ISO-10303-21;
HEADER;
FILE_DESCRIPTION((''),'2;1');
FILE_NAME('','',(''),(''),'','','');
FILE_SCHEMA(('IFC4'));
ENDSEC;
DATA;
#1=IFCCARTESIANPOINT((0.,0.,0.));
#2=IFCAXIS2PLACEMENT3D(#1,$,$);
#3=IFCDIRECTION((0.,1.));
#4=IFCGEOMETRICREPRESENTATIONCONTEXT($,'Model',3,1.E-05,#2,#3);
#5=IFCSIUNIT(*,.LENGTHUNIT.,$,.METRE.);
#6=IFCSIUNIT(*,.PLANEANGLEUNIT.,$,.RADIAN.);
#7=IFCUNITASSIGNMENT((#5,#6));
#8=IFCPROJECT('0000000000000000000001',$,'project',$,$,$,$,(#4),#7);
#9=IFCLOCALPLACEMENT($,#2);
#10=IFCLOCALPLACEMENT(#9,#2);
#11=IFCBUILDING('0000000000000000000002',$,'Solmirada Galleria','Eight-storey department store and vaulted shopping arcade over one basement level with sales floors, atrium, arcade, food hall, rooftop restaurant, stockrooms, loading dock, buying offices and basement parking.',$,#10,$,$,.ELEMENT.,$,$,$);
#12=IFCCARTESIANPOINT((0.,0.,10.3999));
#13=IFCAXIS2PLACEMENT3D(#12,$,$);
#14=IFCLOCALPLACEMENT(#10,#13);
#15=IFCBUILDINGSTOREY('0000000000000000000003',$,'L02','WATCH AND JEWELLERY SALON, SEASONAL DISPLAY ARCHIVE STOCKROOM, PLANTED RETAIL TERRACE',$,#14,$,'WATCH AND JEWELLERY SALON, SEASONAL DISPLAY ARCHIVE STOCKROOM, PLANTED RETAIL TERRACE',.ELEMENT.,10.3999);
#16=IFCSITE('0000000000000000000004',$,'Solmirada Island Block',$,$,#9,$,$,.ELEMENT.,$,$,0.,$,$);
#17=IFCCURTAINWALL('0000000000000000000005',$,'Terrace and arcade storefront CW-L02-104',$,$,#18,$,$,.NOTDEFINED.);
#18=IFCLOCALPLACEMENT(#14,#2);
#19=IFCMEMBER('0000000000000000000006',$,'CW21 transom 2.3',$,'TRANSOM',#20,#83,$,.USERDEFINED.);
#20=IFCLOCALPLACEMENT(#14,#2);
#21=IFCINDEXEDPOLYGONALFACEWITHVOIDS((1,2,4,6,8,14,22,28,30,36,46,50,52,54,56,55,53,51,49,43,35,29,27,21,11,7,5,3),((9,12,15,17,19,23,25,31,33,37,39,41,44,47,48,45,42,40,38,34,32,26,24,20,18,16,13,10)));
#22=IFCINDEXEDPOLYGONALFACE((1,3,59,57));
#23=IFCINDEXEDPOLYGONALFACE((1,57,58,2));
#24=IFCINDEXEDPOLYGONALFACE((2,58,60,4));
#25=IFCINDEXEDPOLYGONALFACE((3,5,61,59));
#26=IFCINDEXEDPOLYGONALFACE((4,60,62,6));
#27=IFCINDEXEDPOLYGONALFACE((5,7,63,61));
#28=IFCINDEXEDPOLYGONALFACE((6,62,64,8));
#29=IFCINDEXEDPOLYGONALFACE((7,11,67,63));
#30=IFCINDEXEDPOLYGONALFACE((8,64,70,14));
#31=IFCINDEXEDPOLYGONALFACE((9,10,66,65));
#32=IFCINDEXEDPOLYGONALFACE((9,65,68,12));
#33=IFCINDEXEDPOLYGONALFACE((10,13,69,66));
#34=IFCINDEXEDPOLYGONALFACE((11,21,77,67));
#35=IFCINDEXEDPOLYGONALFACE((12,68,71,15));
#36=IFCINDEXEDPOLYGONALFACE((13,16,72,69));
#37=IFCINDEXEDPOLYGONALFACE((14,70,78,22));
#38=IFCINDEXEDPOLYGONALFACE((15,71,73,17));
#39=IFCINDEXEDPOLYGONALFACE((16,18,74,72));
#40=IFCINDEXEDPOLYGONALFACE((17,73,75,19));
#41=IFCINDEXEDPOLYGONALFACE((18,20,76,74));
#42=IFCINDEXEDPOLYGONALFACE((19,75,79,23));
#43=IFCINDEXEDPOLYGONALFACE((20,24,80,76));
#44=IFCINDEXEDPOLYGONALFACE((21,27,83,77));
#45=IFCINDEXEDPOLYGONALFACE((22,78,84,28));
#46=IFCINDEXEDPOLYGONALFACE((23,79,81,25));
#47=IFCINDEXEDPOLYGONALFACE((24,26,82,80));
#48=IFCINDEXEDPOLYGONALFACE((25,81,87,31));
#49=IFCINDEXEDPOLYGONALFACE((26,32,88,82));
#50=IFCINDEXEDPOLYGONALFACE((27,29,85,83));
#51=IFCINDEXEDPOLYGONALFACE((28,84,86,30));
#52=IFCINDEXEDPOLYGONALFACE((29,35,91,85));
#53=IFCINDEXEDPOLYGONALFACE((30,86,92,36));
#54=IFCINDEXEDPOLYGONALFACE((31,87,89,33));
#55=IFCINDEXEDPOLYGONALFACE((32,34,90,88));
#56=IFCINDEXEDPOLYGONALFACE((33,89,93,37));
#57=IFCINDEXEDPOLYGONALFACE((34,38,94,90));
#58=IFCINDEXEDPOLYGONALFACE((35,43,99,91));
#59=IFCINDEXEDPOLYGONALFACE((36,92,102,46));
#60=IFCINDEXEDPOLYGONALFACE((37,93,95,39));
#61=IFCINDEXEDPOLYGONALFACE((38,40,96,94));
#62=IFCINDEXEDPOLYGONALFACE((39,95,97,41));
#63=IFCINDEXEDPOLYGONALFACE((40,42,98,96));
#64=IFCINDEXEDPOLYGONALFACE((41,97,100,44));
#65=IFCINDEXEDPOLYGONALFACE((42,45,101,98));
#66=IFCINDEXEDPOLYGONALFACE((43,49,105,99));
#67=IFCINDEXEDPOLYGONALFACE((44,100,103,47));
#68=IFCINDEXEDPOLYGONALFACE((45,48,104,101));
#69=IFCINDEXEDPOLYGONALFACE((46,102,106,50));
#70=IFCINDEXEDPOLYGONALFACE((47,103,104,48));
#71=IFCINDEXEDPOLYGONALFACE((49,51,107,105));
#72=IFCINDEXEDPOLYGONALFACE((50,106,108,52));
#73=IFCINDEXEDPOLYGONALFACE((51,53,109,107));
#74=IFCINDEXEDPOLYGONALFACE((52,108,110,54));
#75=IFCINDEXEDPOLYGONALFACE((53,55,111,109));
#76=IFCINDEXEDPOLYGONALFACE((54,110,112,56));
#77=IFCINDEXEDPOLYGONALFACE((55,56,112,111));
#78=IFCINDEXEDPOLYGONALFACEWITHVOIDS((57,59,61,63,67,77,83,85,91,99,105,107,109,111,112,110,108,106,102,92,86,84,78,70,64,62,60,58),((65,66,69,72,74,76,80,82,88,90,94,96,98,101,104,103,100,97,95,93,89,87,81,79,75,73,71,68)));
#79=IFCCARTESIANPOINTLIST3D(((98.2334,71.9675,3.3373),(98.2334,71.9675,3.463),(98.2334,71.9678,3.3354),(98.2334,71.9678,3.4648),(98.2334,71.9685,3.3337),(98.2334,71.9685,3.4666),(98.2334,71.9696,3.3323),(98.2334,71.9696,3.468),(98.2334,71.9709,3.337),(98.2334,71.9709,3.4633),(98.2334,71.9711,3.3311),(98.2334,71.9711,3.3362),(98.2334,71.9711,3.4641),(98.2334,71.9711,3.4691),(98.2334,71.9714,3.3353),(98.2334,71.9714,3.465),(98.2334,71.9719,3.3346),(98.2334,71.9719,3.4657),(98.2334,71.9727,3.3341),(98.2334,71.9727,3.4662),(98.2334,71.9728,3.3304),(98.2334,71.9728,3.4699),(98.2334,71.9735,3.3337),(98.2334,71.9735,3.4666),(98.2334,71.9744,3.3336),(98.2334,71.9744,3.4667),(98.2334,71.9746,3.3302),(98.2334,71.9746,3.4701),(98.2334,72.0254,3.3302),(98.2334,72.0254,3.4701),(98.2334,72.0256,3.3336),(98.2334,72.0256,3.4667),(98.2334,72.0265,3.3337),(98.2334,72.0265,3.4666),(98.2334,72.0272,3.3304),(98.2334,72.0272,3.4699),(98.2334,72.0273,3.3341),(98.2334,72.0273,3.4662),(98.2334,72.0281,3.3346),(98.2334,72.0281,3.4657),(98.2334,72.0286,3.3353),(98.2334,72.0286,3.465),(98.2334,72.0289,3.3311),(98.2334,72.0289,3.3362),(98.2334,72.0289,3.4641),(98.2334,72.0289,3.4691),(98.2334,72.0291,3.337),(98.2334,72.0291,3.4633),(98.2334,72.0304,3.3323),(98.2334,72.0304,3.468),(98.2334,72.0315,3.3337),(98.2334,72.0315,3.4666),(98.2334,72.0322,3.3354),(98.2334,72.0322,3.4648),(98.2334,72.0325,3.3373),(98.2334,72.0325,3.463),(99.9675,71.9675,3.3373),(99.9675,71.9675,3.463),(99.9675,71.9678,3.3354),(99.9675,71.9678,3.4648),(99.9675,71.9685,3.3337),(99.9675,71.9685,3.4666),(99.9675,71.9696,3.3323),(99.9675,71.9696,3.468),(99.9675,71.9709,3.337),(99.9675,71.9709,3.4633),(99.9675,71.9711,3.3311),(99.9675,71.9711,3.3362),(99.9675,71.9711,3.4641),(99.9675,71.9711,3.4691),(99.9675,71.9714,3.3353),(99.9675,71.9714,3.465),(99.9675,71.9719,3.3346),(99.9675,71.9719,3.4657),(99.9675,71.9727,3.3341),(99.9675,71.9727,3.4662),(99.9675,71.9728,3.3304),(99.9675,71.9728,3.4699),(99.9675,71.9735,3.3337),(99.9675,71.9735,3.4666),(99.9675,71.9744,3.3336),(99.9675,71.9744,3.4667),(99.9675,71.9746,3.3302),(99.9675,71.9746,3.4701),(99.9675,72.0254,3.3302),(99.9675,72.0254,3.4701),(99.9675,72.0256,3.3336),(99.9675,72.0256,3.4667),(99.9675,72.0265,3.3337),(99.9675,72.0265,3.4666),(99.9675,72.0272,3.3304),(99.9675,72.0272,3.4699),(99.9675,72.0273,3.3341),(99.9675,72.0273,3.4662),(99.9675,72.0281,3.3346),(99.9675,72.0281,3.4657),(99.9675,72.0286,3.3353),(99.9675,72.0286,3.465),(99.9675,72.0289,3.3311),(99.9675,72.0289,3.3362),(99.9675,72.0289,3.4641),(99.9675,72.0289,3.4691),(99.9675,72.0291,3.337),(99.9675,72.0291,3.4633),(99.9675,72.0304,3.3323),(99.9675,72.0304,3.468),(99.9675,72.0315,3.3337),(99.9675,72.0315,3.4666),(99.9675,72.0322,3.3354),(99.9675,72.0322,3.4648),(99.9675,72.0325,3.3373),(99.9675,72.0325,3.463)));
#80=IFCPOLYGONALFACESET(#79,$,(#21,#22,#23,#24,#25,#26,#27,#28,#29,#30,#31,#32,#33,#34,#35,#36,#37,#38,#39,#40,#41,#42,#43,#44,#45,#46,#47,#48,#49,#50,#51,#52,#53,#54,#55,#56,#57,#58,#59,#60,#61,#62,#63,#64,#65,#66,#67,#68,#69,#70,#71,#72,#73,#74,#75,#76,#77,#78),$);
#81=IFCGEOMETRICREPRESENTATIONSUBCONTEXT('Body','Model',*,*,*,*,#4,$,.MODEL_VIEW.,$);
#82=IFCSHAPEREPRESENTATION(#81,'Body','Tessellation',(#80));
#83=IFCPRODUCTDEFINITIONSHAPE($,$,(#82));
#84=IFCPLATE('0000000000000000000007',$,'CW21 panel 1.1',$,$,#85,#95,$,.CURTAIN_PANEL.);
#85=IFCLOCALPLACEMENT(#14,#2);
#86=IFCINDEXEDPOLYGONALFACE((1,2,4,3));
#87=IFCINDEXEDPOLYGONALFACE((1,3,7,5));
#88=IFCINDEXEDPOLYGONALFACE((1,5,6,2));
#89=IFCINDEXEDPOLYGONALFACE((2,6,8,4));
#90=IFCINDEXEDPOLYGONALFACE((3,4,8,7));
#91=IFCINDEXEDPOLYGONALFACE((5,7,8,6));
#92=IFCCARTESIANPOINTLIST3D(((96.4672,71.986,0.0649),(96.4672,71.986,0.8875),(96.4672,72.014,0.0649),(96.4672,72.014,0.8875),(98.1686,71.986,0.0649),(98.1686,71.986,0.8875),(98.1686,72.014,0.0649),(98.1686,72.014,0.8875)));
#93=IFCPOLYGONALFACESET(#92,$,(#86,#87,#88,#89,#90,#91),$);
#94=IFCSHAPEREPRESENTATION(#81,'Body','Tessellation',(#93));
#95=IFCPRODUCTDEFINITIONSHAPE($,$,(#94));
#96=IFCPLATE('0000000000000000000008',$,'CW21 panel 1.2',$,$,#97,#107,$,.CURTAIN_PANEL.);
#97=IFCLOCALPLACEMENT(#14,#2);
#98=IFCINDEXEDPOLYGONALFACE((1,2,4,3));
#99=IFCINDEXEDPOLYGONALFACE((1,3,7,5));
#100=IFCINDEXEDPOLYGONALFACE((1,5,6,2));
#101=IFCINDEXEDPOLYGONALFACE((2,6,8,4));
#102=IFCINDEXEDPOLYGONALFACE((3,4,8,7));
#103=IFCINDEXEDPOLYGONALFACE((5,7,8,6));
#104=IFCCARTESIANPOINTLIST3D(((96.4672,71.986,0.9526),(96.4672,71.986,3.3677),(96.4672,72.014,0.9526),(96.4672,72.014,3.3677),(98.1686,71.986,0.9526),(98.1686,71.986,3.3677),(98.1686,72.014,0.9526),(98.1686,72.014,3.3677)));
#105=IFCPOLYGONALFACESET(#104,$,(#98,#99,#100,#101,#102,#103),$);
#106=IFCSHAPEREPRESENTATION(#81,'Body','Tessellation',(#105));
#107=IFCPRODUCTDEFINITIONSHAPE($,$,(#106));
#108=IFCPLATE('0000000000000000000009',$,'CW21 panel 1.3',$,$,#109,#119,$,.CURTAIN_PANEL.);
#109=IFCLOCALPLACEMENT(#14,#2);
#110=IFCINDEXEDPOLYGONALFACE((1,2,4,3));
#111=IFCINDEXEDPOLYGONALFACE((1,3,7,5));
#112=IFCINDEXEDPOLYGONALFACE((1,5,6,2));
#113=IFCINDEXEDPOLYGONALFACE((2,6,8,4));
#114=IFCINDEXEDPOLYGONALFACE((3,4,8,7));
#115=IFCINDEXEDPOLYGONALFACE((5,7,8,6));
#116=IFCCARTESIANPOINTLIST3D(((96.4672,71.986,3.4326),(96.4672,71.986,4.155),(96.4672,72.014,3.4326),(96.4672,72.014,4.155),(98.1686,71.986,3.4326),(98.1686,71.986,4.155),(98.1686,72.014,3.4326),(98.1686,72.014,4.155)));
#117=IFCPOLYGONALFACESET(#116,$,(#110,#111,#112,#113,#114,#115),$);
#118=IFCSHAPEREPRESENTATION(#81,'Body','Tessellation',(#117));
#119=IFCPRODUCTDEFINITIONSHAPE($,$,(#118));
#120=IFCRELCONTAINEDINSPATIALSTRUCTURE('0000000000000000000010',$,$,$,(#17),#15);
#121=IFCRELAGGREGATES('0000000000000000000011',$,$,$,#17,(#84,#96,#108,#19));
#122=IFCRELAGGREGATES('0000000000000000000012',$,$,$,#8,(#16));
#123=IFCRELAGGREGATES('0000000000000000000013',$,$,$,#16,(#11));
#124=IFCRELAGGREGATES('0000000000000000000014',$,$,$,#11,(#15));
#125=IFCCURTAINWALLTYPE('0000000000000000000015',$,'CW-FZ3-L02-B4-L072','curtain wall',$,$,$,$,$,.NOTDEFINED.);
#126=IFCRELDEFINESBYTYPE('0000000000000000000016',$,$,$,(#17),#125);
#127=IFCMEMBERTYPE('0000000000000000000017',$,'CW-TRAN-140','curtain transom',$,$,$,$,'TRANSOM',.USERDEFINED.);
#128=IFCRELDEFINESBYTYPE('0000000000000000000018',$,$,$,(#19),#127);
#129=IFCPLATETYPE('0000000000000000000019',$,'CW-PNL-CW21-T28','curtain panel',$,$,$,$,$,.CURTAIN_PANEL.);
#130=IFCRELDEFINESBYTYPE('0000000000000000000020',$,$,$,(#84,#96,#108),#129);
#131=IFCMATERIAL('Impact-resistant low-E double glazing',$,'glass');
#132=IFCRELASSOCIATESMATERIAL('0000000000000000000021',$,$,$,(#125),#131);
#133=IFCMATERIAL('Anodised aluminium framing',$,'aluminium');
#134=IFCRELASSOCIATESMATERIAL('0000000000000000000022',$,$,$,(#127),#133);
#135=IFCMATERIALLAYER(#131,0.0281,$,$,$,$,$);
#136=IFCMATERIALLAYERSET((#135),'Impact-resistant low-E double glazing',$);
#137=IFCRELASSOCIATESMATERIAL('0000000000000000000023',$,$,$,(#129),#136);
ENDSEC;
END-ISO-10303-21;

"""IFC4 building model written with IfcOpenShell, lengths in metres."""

from ifc_helpers import new_model, si_unit, direction, frame, origin, origin_2d, place, context, subcontext, project, spatial, rectangle, hollow_rectangle, extrude, material, layer, layer_set, material_profile, profile_set, type_object, element, aggregate, save


model = new_model("IFC4")

# Units and contexts
model_context = context("Model", 3, precision=1e-05, world=origin(), true_north=direction((0.0, 1.0)))
body_context = subcontext(model_context, "Body", "Model", "MODEL_VIEW")
ifc_project = project(units=[si_unit("LENGTHUNIT", "METRE"), si_unit("PLANEANGLEUNIT", "RADIAN")], contexts=[model_context])

# Site, building, storey
site_placement = place(None, origin())
site = spatial("IfcSite", under=ifc_project, at=site_placement, Name="Solmirada Island Block", CompositionType="ELEMENT", RefElevation=0.0)
building_placement = place(site_placement, origin())
building = spatial("IfcBuilding", under=site, at=building_placement, Name="Solmirada Galleria", Description="Eight-storey department store and vaulted shopping arcade over one basement level with sales floors, atrium, arcade, food hall, rooftop restaurant, stockrooms, loading dock, buying offices and basement parking.", CompositionType="ELEMENT")
storey_placement = place(building_placement, frame((0.0, 0.0, 10.3999)))
storey = spatial("IfcBuildingStorey", under=building, at=storey_placement, Name="L02", Description="WATCH AND JEWELLERY SALON, SEASONAL DISPLAY ARCHIVE STOCKROOM, PLANTED RETAIL TERRACE", LongName="WATCH AND JEWELLERY SALON, SEASONAL DISPLAY ARCHIVE STOCKROOM, PLANTED RETAIL TERRACE", CompositionType="ELEMENT", Elevation=10.3999)

# Curtain wall, member, plates
ifc_material_1 = material(Name="Impact-resistant low-E double glazing", Category="glass")
curtain_wall_type = type_object("IfcCurtainWallType", Name="CW-FZ3-L02-B4-L072", Description="curtain wall", PredefinedType="NOTDEFINED", material=ifc_material_1)
curtain_wall_placement = place(storey_placement, origin())
curtain_wall = element("IfcCurtainWall", 1, at=curtain_wall_placement, inside=storey, type_object=curtain_wall_type, Name="Terrace and arcade storefront CW-L02-104", PredefinedType="NOTDEFINED")
ifc_material_2 = material(Name="Anodised aluminium framing", Category="aluminium")
ifc_material_profile_1 = material_profile(ifc_material_2, hollow_rectangle(XDim=0.0649, YDim=0.1399, WallThickness=0.0034, InnerFilletRadius=0.0034, OuterFilletRadius=0.0071, at=origin_2d()), Name="ALU-TRAN-140X65")
ifc_profile_set_1 = profile_set([ifc_material_profile_1], Name="Anodised aluminium framing")
member_type_1 = type_object("IfcMemberType", Name="CW-TRAN-140", Description="curtain transom", ElementType="TRANSOM", PredefinedType="USERDEFINED", material=ifc_profile_set_1)
member_1_placement = place(storey_placement, frame((98.2334, 72.0, 3.4001), z_axis=(1.0, 0.0, 0.0), x_axis=(0.0, 1.0, 0.0)))
member_1 = element("IfcMember", 2, at=member_1_placement, type_object=member_type_1, Name="CW21 transom 2.3", ObjectType="TRANSOM", PredefinedType="USERDEFINED", context=body_context, shape_type="SweptSolid", body=[
    extrude(hollow_rectangle(XDim=0.0649, YDim=0.1399, WallThickness=0.0034, InnerFilletRadius=0.0034, OuterFilletRadius=0.0071, at=origin_2d()), origin(), (0.0, 0.0, 1.0), 1.7341),
])
ifc_layer = layer(ifc_material_1, 0.0281)
ifc_layer_set = layer_set([ifc_layer], Name="Impact-resistant low-E double glazing")
plate_type = type_object("IfcPlateType", Name="CW-PNL-CW21-T28", Description="curtain panel", PredefinedType="CURTAIN_PANEL", material=ifc_layer_set)
plate_1_placement = place(storey_placement, frame((97.3179, 72.0, 0.0649), z_axis=(0.0, 0.0, 1.0), x_axis=(1.0, 0.0, 0.0)))
plate_1 = element("IfcPlate", 3, at=plate_1_placement, type_object=plate_type, Name="CW21 panel 1.1", PredefinedType="CURTAIN_PANEL", context=body_context, shape_type="SweptSolid", body=[
    extrude(rectangle(XDim=1.7014, YDim=0.0281, at=origin_2d()), origin(), (0.0, 0.0, 1.0), 0.8225),
])
plate_2_placement = place(storey_placement, frame((97.3179, 72.0, 0.9526), z_axis=(0.0, 0.0, 1.0), x_axis=(1.0, 0.0, 0.0)))
plate_2 = element("IfcPlate", 4, at=plate_2_placement, type_object=plate_type, Name="CW21 panel 1.2", PredefinedType="CURTAIN_PANEL", context=body_context, shape_type="SweptSolid", body=[
    extrude(rectangle(XDim=1.7014, YDim=0.0281, at=origin_2d()), origin(), (0.0, 0.0, 1.0), 2.415),
])
plate_3_placement = place(storey_placement, frame((97.3179, 72.0, 3.4326), z_axis=(0.0, 0.0, 1.0), x_axis=(1.0, 0.0, 0.0)))
plate_3 = element("IfcPlate", 5, at=plate_3_placement, type_object=plate_type, Name="CW21 panel 1.3", PredefinedType="CURTAIN_PANEL", context=body_context, shape_type="SweptSolid", body=[
    extrude(rectangle(XDim=1.7014, YDim=0.0281, at=origin_2d()), origin(), (0.0, 0.0, 1.0), 0.7224),
])
aggregate(curtain_wall, [plate_1, plate_2, plate_3, member_1])

save(model, "model.ifc")
